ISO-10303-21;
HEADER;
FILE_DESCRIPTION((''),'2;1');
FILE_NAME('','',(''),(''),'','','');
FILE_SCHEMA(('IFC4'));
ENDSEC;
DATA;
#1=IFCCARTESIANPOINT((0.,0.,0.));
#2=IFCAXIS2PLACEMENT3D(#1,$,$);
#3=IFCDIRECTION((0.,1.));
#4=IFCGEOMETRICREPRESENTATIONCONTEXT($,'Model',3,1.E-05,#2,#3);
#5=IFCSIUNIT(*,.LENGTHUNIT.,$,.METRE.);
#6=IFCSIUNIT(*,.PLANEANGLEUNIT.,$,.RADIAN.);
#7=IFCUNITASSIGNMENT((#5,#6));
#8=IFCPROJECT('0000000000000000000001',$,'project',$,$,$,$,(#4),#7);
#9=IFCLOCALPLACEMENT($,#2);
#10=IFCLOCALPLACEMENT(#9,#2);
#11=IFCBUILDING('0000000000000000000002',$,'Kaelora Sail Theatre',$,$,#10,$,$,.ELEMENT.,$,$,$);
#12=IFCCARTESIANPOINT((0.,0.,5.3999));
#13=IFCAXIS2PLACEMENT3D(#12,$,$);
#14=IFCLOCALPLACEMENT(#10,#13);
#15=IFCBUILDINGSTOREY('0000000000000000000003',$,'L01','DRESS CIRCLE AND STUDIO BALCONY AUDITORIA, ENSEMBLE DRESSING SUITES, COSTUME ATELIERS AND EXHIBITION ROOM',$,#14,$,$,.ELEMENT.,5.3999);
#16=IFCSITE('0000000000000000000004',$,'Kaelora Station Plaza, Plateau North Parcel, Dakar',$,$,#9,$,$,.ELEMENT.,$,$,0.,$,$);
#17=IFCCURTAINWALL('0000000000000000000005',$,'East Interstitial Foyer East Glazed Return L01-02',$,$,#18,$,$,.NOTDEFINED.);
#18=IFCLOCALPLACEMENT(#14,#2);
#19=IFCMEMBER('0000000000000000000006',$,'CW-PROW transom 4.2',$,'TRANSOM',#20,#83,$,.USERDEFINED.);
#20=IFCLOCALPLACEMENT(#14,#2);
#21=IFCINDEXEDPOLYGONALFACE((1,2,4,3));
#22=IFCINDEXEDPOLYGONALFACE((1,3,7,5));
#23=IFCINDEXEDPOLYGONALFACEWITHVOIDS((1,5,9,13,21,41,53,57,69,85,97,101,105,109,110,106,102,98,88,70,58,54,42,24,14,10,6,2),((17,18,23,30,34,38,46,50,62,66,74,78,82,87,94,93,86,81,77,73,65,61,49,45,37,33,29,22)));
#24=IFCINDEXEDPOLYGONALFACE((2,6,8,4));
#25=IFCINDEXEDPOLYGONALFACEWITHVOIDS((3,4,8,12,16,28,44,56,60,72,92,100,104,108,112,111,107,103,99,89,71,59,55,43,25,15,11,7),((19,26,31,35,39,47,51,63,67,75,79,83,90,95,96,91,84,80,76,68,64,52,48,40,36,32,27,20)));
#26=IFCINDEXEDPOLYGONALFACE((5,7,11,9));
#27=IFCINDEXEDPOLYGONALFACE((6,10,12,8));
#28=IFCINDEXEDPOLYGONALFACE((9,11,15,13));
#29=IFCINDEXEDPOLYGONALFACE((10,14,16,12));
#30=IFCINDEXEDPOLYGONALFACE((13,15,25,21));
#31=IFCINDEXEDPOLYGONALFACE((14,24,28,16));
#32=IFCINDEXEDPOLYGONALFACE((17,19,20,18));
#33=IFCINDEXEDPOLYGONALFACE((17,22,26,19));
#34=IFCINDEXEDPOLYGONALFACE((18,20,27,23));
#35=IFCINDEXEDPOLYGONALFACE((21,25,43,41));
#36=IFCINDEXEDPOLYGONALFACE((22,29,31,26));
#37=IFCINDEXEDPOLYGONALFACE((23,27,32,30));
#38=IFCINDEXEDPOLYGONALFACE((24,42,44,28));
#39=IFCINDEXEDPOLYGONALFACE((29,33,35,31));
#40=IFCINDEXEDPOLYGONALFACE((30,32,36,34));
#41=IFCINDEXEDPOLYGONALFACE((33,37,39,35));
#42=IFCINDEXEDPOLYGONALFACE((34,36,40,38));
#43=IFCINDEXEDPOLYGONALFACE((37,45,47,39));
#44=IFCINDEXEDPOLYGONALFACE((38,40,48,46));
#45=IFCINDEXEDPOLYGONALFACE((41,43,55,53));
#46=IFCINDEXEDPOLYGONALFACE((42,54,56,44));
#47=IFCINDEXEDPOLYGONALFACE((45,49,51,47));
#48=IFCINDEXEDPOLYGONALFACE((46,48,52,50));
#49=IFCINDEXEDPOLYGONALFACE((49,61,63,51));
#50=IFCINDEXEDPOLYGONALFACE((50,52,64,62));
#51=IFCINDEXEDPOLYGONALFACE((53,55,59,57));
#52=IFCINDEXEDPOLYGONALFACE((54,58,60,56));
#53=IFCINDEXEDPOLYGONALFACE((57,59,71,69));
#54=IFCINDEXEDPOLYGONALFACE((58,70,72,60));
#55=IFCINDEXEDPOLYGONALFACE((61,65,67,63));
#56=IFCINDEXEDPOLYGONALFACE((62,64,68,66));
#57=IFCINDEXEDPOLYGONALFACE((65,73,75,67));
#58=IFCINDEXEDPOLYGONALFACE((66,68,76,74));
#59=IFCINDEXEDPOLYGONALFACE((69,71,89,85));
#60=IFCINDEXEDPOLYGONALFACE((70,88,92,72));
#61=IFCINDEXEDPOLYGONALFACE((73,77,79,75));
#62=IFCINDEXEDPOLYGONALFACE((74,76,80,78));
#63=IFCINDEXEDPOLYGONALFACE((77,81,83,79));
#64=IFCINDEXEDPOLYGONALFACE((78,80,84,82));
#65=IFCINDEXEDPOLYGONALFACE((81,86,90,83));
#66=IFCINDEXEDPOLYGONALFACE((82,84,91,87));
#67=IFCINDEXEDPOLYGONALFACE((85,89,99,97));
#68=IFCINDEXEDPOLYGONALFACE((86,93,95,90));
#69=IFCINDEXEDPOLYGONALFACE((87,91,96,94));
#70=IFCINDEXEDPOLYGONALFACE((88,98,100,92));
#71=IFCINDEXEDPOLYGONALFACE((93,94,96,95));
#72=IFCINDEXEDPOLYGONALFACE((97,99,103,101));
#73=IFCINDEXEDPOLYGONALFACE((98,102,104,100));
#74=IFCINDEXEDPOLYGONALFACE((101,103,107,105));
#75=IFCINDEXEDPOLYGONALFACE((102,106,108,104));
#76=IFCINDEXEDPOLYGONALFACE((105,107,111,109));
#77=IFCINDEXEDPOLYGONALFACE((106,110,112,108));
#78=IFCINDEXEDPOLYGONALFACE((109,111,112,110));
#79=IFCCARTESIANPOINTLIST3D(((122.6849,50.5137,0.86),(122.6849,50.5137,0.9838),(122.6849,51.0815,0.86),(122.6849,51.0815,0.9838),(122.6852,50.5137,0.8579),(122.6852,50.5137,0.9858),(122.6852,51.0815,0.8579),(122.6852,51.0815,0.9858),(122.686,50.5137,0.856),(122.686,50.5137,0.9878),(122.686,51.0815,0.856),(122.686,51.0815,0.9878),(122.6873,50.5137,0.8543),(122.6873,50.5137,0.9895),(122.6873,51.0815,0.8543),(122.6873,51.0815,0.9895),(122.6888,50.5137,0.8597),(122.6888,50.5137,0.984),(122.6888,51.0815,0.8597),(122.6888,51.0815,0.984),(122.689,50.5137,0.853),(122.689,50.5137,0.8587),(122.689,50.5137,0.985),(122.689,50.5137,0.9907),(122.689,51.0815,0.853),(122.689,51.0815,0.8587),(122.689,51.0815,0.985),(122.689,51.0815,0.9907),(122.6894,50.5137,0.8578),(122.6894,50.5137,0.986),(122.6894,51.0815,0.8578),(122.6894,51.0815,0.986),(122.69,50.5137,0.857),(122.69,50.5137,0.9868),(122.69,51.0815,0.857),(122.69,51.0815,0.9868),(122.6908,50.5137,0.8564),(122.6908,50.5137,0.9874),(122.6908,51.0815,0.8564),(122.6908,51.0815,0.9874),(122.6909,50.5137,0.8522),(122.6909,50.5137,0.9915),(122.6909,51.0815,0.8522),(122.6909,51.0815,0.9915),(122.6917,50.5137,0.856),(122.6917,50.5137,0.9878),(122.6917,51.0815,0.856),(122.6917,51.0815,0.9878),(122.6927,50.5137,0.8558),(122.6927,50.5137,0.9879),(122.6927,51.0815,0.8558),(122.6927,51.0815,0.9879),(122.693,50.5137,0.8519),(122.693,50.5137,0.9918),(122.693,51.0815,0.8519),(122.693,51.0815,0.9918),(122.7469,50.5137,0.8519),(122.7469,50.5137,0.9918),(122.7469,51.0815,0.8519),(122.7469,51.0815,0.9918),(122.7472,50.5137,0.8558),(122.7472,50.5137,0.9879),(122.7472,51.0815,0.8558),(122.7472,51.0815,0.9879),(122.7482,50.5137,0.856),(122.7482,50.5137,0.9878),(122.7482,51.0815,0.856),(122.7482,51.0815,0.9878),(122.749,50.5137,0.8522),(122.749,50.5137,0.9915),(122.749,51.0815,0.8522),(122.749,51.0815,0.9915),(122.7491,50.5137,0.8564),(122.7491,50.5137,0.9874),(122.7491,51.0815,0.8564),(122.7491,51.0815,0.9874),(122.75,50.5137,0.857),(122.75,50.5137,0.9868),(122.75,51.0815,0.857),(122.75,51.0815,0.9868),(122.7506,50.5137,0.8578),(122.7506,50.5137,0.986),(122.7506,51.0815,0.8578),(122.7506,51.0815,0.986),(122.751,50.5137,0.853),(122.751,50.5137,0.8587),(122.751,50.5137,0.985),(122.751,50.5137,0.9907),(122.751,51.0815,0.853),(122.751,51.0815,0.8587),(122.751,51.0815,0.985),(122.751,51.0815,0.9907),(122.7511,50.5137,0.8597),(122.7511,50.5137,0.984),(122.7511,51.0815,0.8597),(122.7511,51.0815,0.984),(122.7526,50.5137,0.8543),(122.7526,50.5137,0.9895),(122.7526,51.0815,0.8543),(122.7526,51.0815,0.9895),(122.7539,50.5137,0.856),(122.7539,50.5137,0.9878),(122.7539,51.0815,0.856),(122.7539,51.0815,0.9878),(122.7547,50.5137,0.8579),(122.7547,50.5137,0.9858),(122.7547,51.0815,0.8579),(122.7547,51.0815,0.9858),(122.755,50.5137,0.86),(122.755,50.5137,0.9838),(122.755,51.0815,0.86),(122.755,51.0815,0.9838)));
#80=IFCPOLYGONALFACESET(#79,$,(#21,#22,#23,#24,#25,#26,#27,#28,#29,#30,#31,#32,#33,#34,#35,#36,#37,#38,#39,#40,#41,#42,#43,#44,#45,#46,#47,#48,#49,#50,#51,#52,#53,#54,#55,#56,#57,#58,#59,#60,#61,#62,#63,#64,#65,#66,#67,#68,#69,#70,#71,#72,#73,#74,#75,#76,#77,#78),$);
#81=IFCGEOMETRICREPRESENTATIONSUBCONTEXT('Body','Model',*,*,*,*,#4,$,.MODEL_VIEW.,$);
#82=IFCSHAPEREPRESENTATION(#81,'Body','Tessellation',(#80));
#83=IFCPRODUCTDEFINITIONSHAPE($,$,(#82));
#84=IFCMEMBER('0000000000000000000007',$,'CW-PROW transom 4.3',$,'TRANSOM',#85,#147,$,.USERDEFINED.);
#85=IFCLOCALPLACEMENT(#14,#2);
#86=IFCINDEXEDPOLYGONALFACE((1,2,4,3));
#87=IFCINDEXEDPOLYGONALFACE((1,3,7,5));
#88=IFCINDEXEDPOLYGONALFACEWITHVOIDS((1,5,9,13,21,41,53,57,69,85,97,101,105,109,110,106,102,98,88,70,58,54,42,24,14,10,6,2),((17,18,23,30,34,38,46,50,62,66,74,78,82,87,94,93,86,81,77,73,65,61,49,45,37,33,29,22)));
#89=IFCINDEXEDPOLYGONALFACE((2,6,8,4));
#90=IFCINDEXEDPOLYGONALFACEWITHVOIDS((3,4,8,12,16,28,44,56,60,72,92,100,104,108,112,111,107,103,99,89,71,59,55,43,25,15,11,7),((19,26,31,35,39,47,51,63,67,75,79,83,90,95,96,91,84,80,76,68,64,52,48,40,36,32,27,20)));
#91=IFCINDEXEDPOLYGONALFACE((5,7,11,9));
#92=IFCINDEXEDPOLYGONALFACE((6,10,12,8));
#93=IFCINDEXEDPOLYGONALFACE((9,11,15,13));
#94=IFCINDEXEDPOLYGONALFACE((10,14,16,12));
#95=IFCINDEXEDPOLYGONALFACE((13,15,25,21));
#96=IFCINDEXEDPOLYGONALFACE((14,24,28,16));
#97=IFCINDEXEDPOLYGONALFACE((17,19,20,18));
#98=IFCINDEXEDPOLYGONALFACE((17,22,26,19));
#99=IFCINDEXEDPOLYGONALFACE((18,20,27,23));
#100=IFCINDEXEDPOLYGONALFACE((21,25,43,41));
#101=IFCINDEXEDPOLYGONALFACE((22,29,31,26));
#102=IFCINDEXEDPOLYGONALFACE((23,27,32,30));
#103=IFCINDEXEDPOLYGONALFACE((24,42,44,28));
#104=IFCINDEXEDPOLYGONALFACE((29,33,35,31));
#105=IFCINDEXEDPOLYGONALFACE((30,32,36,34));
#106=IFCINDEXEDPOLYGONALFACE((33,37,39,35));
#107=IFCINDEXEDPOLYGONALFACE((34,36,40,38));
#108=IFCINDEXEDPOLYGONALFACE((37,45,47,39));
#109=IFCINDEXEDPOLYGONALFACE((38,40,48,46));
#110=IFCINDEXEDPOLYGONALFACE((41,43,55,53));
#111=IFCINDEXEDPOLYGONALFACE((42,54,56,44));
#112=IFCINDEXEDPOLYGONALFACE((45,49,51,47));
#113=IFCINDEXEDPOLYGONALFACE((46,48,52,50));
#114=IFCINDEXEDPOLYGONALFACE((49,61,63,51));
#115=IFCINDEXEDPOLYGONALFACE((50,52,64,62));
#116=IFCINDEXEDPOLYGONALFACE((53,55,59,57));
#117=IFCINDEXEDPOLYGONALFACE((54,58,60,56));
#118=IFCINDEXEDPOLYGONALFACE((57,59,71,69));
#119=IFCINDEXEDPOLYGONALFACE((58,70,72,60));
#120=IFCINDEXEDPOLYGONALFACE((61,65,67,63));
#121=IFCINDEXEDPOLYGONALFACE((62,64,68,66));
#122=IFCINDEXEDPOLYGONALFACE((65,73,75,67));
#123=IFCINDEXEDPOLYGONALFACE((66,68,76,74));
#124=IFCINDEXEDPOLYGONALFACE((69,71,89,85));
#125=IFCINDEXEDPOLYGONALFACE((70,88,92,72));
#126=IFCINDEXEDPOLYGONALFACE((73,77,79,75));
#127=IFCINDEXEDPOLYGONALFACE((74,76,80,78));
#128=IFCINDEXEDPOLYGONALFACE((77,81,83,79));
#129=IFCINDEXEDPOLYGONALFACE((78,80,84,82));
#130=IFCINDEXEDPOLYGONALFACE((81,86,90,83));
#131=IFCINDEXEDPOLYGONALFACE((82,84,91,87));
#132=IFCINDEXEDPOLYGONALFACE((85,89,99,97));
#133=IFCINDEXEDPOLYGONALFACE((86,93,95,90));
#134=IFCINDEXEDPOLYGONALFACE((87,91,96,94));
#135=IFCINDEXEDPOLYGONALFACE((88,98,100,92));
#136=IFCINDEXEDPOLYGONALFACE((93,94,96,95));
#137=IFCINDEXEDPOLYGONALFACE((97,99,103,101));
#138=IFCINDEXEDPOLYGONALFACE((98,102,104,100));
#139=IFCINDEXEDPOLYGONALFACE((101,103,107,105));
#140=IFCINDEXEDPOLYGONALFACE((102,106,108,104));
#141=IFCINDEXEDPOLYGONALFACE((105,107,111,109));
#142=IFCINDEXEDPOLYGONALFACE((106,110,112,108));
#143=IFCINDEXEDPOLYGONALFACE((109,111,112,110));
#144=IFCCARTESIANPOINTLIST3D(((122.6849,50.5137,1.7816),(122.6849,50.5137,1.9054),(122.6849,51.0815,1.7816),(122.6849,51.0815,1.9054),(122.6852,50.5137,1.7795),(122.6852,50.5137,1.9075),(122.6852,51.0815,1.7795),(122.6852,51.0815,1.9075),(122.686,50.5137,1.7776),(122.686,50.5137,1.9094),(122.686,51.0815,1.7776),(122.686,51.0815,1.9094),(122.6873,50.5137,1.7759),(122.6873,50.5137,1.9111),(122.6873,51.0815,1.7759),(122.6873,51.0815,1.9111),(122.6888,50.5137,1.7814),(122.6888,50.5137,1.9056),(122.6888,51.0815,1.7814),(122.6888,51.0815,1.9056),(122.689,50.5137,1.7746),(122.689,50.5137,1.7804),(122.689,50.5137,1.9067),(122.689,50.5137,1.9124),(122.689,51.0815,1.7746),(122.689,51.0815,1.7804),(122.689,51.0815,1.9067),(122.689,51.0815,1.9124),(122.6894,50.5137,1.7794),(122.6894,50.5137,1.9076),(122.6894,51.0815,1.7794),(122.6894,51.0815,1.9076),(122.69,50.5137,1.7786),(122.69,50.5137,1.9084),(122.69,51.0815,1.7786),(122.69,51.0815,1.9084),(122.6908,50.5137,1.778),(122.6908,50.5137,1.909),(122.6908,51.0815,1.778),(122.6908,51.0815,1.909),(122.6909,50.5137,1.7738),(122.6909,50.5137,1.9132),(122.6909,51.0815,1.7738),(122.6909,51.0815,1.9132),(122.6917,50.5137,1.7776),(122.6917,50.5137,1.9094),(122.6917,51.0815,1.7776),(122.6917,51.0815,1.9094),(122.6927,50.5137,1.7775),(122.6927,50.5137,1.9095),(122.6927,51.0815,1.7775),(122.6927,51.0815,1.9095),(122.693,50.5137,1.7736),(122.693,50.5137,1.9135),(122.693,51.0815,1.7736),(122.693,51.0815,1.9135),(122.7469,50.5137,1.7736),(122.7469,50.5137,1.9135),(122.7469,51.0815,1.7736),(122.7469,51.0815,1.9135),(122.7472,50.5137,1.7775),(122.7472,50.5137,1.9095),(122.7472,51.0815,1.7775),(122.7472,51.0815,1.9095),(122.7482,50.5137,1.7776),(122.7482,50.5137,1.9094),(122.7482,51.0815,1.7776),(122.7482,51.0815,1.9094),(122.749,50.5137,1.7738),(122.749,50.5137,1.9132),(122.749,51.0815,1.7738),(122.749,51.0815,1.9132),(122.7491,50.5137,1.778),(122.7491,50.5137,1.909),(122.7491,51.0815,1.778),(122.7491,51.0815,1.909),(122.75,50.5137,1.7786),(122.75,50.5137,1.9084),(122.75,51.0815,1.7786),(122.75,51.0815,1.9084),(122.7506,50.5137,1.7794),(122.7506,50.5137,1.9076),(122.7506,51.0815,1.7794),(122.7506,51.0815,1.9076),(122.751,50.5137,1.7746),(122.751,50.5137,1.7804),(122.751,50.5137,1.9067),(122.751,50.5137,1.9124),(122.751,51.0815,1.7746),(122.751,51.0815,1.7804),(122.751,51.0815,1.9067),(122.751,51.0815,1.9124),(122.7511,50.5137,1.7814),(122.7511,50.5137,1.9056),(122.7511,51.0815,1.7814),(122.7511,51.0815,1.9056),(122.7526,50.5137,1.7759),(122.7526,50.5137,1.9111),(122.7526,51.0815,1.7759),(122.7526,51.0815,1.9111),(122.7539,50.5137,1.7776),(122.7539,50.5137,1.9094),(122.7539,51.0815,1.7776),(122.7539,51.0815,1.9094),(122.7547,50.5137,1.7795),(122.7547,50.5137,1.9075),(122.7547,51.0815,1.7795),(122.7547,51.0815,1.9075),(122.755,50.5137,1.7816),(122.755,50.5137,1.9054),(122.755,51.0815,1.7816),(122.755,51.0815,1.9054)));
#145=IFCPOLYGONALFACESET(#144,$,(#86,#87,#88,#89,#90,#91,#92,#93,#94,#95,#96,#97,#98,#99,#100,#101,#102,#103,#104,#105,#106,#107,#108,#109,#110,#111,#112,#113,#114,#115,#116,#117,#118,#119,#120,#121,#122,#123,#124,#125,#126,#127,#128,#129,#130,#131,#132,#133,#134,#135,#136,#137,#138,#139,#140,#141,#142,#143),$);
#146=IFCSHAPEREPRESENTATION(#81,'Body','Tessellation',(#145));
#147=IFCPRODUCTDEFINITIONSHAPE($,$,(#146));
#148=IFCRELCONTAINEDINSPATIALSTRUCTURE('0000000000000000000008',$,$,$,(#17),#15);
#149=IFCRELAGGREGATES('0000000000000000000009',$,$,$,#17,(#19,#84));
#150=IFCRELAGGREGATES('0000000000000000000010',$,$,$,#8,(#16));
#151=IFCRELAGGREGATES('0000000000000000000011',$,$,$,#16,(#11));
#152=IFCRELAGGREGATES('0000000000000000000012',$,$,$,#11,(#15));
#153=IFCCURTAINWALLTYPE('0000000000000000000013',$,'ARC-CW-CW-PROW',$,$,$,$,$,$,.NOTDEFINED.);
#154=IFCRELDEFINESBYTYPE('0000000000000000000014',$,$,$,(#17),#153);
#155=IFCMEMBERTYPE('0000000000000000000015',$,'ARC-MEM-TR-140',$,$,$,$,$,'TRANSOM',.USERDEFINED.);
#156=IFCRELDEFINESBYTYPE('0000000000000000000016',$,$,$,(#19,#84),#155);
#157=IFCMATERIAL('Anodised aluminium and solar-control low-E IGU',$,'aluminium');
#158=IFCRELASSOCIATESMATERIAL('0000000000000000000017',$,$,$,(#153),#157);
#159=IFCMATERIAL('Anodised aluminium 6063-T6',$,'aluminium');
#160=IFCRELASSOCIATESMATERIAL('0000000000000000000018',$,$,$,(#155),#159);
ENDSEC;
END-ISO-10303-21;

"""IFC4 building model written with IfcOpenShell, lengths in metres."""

from ifc_helpers import new_model, si_unit, direction, frame, origin, origin_2d, place, context, subcontext, project, spatial, hollow_rectangle, extrude, material, material_profile, profile_set, type_object, element, aggregate, save


model = new_model("IFC4")

# Units and contexts
model_context = context("Model", 3, precision=1e-05, world=origin(), true_north=direction((0.0, 1.0)))
body_context = subcontext(model_context, "Body", "Model", "MODEL_VIEW")
ifc_project = project(units=[si_unit("LENGTHUNIT", "METRE"), si_unit("PLANEANGLEUNIT", "RADIAN")], contexts=[model_context])

# Site, building, storey
site_placement = place(None, origin())
site = spatial("IfcSite", under=ifc_project, at=site_placement, Name="Kaelora Station Plaza, Plateau North Parcel, Dakar", CompositionType="ELEMENT", RefElevation=0.0)
building_placement = place(site_placement, origin())
building = spatial("IfcBuilding", under=site, at=building_placement, Name="Kaelora Sail Theatre", CompositionType="ELEMENT")
storey_placement = place(building_placement, frame((0.0, 0.0, 5.3999)))
storey = spatial("IfcBuildingStorey", under=building, at=storey_placement, Name="L01", Description="DRESS CIRCLE AND STUDIO BALCONY AUDITORIA, ENSEMBLE DRESSING SUITES, COSTUME ATELIERS AND EXHIBITION ROOM", CompositionType="ELEMENT", Elevation=5.3999)

# Curtain wall, members
ifc_material_1 = material(Name="Anodised aluminium and solar-control low-E IGU", Category="aluminium")
curtain_wall_type = type_object("IfcCurtainWallType", Name="ARC-CW-CW-PROW", PredefinedType="NOTDEFINED", material=ifc_material_1)
curtain_wall_placement = place(storey_placement, origin())
curtain_wall = element("IfcCurtainWall", 1, at=curtain_wall_placement, inside=storey, type_object=curtain_wall_type, Name="East Interstitial Foyer East Glazed Return L01-02", PredefinedType="NOTDEFINED")
ifc_material_2 = material(Name="Anodised aluminium 6063-T6", Category="aluminium")
ifc_material_profile_1 = material_profile(ifc_material_2, hollow_rectangle(XDim=0.0701, YDim=0.1399, WallThickness=0.0039, InnerFilletRadius=0.0039, OuterFilletRadius=0.0081, at=origin_2d()), Name="ALU-TRAN 70x140x4")
ifc_profile_set_1 = profile_set([ifc_material_profile_1], Name="Anodised aluminium 6063-T6")
member_type_1 = type_object("IfcMemberType", Name="ARC-MEM-TR-140", ElementType="TRANSOM", PredefinedType="USERDEFINED", material=ifc_profile_set_1)
member_1_placement = place(storey_placement, frame((122.72, 50.5137, 0.9219), z_axis=(0.0, 1.0, 0.0), x_axis=(-1.0, 0.0, 0.0)))
member_1 = element("IfcMember", 2, at=member_1_placement, type_object=member_type_1, Name="CW-PROW transom 4.2", ObjectType="TRANSOM", PredefinedType="USERDEFINED", context=body_context, shape_type="SweptSolid", body=[
    extrude(hollow_rectangle(XDim=0.0701, YDim=0.1399, WallThickness=0.0039, InnerFilletRadius=0.0039, OuterFilletRadius=0.0081, at=origin_2d()), origin(), (0.0, 0.0, 1.0), 0.5679),
])
member_2_placement = place(storey_placement, frame((122.72, 50.5137, 1.8435), z_axis=(0.0, 1.0, 0.0), x_axis=(-1.0, 0.0, 0.0)))
member_2 = element("IfcMember", 3, at=member_2_placement, type_object=member_type_1, Name="CW-PROW transom 4.3", ObjectType="TRANSOM", PredefinedType="USERDEFINED", context=body_context, shape_type="SweptSolid", body=[
    extrude(hollow_rectangle(XDim=0.0701, YDim=0.1399, WallThickness=0.0039, InnerFilletRadius=0.0039, OuterFilletRadius=0.0081, at=origin_2d()), origin(), (0.0, 0.0, 1.0), 0.5679),
])
aggregate(curtain_wall, [member_1, member_2])

save(model, "model.ifc")
